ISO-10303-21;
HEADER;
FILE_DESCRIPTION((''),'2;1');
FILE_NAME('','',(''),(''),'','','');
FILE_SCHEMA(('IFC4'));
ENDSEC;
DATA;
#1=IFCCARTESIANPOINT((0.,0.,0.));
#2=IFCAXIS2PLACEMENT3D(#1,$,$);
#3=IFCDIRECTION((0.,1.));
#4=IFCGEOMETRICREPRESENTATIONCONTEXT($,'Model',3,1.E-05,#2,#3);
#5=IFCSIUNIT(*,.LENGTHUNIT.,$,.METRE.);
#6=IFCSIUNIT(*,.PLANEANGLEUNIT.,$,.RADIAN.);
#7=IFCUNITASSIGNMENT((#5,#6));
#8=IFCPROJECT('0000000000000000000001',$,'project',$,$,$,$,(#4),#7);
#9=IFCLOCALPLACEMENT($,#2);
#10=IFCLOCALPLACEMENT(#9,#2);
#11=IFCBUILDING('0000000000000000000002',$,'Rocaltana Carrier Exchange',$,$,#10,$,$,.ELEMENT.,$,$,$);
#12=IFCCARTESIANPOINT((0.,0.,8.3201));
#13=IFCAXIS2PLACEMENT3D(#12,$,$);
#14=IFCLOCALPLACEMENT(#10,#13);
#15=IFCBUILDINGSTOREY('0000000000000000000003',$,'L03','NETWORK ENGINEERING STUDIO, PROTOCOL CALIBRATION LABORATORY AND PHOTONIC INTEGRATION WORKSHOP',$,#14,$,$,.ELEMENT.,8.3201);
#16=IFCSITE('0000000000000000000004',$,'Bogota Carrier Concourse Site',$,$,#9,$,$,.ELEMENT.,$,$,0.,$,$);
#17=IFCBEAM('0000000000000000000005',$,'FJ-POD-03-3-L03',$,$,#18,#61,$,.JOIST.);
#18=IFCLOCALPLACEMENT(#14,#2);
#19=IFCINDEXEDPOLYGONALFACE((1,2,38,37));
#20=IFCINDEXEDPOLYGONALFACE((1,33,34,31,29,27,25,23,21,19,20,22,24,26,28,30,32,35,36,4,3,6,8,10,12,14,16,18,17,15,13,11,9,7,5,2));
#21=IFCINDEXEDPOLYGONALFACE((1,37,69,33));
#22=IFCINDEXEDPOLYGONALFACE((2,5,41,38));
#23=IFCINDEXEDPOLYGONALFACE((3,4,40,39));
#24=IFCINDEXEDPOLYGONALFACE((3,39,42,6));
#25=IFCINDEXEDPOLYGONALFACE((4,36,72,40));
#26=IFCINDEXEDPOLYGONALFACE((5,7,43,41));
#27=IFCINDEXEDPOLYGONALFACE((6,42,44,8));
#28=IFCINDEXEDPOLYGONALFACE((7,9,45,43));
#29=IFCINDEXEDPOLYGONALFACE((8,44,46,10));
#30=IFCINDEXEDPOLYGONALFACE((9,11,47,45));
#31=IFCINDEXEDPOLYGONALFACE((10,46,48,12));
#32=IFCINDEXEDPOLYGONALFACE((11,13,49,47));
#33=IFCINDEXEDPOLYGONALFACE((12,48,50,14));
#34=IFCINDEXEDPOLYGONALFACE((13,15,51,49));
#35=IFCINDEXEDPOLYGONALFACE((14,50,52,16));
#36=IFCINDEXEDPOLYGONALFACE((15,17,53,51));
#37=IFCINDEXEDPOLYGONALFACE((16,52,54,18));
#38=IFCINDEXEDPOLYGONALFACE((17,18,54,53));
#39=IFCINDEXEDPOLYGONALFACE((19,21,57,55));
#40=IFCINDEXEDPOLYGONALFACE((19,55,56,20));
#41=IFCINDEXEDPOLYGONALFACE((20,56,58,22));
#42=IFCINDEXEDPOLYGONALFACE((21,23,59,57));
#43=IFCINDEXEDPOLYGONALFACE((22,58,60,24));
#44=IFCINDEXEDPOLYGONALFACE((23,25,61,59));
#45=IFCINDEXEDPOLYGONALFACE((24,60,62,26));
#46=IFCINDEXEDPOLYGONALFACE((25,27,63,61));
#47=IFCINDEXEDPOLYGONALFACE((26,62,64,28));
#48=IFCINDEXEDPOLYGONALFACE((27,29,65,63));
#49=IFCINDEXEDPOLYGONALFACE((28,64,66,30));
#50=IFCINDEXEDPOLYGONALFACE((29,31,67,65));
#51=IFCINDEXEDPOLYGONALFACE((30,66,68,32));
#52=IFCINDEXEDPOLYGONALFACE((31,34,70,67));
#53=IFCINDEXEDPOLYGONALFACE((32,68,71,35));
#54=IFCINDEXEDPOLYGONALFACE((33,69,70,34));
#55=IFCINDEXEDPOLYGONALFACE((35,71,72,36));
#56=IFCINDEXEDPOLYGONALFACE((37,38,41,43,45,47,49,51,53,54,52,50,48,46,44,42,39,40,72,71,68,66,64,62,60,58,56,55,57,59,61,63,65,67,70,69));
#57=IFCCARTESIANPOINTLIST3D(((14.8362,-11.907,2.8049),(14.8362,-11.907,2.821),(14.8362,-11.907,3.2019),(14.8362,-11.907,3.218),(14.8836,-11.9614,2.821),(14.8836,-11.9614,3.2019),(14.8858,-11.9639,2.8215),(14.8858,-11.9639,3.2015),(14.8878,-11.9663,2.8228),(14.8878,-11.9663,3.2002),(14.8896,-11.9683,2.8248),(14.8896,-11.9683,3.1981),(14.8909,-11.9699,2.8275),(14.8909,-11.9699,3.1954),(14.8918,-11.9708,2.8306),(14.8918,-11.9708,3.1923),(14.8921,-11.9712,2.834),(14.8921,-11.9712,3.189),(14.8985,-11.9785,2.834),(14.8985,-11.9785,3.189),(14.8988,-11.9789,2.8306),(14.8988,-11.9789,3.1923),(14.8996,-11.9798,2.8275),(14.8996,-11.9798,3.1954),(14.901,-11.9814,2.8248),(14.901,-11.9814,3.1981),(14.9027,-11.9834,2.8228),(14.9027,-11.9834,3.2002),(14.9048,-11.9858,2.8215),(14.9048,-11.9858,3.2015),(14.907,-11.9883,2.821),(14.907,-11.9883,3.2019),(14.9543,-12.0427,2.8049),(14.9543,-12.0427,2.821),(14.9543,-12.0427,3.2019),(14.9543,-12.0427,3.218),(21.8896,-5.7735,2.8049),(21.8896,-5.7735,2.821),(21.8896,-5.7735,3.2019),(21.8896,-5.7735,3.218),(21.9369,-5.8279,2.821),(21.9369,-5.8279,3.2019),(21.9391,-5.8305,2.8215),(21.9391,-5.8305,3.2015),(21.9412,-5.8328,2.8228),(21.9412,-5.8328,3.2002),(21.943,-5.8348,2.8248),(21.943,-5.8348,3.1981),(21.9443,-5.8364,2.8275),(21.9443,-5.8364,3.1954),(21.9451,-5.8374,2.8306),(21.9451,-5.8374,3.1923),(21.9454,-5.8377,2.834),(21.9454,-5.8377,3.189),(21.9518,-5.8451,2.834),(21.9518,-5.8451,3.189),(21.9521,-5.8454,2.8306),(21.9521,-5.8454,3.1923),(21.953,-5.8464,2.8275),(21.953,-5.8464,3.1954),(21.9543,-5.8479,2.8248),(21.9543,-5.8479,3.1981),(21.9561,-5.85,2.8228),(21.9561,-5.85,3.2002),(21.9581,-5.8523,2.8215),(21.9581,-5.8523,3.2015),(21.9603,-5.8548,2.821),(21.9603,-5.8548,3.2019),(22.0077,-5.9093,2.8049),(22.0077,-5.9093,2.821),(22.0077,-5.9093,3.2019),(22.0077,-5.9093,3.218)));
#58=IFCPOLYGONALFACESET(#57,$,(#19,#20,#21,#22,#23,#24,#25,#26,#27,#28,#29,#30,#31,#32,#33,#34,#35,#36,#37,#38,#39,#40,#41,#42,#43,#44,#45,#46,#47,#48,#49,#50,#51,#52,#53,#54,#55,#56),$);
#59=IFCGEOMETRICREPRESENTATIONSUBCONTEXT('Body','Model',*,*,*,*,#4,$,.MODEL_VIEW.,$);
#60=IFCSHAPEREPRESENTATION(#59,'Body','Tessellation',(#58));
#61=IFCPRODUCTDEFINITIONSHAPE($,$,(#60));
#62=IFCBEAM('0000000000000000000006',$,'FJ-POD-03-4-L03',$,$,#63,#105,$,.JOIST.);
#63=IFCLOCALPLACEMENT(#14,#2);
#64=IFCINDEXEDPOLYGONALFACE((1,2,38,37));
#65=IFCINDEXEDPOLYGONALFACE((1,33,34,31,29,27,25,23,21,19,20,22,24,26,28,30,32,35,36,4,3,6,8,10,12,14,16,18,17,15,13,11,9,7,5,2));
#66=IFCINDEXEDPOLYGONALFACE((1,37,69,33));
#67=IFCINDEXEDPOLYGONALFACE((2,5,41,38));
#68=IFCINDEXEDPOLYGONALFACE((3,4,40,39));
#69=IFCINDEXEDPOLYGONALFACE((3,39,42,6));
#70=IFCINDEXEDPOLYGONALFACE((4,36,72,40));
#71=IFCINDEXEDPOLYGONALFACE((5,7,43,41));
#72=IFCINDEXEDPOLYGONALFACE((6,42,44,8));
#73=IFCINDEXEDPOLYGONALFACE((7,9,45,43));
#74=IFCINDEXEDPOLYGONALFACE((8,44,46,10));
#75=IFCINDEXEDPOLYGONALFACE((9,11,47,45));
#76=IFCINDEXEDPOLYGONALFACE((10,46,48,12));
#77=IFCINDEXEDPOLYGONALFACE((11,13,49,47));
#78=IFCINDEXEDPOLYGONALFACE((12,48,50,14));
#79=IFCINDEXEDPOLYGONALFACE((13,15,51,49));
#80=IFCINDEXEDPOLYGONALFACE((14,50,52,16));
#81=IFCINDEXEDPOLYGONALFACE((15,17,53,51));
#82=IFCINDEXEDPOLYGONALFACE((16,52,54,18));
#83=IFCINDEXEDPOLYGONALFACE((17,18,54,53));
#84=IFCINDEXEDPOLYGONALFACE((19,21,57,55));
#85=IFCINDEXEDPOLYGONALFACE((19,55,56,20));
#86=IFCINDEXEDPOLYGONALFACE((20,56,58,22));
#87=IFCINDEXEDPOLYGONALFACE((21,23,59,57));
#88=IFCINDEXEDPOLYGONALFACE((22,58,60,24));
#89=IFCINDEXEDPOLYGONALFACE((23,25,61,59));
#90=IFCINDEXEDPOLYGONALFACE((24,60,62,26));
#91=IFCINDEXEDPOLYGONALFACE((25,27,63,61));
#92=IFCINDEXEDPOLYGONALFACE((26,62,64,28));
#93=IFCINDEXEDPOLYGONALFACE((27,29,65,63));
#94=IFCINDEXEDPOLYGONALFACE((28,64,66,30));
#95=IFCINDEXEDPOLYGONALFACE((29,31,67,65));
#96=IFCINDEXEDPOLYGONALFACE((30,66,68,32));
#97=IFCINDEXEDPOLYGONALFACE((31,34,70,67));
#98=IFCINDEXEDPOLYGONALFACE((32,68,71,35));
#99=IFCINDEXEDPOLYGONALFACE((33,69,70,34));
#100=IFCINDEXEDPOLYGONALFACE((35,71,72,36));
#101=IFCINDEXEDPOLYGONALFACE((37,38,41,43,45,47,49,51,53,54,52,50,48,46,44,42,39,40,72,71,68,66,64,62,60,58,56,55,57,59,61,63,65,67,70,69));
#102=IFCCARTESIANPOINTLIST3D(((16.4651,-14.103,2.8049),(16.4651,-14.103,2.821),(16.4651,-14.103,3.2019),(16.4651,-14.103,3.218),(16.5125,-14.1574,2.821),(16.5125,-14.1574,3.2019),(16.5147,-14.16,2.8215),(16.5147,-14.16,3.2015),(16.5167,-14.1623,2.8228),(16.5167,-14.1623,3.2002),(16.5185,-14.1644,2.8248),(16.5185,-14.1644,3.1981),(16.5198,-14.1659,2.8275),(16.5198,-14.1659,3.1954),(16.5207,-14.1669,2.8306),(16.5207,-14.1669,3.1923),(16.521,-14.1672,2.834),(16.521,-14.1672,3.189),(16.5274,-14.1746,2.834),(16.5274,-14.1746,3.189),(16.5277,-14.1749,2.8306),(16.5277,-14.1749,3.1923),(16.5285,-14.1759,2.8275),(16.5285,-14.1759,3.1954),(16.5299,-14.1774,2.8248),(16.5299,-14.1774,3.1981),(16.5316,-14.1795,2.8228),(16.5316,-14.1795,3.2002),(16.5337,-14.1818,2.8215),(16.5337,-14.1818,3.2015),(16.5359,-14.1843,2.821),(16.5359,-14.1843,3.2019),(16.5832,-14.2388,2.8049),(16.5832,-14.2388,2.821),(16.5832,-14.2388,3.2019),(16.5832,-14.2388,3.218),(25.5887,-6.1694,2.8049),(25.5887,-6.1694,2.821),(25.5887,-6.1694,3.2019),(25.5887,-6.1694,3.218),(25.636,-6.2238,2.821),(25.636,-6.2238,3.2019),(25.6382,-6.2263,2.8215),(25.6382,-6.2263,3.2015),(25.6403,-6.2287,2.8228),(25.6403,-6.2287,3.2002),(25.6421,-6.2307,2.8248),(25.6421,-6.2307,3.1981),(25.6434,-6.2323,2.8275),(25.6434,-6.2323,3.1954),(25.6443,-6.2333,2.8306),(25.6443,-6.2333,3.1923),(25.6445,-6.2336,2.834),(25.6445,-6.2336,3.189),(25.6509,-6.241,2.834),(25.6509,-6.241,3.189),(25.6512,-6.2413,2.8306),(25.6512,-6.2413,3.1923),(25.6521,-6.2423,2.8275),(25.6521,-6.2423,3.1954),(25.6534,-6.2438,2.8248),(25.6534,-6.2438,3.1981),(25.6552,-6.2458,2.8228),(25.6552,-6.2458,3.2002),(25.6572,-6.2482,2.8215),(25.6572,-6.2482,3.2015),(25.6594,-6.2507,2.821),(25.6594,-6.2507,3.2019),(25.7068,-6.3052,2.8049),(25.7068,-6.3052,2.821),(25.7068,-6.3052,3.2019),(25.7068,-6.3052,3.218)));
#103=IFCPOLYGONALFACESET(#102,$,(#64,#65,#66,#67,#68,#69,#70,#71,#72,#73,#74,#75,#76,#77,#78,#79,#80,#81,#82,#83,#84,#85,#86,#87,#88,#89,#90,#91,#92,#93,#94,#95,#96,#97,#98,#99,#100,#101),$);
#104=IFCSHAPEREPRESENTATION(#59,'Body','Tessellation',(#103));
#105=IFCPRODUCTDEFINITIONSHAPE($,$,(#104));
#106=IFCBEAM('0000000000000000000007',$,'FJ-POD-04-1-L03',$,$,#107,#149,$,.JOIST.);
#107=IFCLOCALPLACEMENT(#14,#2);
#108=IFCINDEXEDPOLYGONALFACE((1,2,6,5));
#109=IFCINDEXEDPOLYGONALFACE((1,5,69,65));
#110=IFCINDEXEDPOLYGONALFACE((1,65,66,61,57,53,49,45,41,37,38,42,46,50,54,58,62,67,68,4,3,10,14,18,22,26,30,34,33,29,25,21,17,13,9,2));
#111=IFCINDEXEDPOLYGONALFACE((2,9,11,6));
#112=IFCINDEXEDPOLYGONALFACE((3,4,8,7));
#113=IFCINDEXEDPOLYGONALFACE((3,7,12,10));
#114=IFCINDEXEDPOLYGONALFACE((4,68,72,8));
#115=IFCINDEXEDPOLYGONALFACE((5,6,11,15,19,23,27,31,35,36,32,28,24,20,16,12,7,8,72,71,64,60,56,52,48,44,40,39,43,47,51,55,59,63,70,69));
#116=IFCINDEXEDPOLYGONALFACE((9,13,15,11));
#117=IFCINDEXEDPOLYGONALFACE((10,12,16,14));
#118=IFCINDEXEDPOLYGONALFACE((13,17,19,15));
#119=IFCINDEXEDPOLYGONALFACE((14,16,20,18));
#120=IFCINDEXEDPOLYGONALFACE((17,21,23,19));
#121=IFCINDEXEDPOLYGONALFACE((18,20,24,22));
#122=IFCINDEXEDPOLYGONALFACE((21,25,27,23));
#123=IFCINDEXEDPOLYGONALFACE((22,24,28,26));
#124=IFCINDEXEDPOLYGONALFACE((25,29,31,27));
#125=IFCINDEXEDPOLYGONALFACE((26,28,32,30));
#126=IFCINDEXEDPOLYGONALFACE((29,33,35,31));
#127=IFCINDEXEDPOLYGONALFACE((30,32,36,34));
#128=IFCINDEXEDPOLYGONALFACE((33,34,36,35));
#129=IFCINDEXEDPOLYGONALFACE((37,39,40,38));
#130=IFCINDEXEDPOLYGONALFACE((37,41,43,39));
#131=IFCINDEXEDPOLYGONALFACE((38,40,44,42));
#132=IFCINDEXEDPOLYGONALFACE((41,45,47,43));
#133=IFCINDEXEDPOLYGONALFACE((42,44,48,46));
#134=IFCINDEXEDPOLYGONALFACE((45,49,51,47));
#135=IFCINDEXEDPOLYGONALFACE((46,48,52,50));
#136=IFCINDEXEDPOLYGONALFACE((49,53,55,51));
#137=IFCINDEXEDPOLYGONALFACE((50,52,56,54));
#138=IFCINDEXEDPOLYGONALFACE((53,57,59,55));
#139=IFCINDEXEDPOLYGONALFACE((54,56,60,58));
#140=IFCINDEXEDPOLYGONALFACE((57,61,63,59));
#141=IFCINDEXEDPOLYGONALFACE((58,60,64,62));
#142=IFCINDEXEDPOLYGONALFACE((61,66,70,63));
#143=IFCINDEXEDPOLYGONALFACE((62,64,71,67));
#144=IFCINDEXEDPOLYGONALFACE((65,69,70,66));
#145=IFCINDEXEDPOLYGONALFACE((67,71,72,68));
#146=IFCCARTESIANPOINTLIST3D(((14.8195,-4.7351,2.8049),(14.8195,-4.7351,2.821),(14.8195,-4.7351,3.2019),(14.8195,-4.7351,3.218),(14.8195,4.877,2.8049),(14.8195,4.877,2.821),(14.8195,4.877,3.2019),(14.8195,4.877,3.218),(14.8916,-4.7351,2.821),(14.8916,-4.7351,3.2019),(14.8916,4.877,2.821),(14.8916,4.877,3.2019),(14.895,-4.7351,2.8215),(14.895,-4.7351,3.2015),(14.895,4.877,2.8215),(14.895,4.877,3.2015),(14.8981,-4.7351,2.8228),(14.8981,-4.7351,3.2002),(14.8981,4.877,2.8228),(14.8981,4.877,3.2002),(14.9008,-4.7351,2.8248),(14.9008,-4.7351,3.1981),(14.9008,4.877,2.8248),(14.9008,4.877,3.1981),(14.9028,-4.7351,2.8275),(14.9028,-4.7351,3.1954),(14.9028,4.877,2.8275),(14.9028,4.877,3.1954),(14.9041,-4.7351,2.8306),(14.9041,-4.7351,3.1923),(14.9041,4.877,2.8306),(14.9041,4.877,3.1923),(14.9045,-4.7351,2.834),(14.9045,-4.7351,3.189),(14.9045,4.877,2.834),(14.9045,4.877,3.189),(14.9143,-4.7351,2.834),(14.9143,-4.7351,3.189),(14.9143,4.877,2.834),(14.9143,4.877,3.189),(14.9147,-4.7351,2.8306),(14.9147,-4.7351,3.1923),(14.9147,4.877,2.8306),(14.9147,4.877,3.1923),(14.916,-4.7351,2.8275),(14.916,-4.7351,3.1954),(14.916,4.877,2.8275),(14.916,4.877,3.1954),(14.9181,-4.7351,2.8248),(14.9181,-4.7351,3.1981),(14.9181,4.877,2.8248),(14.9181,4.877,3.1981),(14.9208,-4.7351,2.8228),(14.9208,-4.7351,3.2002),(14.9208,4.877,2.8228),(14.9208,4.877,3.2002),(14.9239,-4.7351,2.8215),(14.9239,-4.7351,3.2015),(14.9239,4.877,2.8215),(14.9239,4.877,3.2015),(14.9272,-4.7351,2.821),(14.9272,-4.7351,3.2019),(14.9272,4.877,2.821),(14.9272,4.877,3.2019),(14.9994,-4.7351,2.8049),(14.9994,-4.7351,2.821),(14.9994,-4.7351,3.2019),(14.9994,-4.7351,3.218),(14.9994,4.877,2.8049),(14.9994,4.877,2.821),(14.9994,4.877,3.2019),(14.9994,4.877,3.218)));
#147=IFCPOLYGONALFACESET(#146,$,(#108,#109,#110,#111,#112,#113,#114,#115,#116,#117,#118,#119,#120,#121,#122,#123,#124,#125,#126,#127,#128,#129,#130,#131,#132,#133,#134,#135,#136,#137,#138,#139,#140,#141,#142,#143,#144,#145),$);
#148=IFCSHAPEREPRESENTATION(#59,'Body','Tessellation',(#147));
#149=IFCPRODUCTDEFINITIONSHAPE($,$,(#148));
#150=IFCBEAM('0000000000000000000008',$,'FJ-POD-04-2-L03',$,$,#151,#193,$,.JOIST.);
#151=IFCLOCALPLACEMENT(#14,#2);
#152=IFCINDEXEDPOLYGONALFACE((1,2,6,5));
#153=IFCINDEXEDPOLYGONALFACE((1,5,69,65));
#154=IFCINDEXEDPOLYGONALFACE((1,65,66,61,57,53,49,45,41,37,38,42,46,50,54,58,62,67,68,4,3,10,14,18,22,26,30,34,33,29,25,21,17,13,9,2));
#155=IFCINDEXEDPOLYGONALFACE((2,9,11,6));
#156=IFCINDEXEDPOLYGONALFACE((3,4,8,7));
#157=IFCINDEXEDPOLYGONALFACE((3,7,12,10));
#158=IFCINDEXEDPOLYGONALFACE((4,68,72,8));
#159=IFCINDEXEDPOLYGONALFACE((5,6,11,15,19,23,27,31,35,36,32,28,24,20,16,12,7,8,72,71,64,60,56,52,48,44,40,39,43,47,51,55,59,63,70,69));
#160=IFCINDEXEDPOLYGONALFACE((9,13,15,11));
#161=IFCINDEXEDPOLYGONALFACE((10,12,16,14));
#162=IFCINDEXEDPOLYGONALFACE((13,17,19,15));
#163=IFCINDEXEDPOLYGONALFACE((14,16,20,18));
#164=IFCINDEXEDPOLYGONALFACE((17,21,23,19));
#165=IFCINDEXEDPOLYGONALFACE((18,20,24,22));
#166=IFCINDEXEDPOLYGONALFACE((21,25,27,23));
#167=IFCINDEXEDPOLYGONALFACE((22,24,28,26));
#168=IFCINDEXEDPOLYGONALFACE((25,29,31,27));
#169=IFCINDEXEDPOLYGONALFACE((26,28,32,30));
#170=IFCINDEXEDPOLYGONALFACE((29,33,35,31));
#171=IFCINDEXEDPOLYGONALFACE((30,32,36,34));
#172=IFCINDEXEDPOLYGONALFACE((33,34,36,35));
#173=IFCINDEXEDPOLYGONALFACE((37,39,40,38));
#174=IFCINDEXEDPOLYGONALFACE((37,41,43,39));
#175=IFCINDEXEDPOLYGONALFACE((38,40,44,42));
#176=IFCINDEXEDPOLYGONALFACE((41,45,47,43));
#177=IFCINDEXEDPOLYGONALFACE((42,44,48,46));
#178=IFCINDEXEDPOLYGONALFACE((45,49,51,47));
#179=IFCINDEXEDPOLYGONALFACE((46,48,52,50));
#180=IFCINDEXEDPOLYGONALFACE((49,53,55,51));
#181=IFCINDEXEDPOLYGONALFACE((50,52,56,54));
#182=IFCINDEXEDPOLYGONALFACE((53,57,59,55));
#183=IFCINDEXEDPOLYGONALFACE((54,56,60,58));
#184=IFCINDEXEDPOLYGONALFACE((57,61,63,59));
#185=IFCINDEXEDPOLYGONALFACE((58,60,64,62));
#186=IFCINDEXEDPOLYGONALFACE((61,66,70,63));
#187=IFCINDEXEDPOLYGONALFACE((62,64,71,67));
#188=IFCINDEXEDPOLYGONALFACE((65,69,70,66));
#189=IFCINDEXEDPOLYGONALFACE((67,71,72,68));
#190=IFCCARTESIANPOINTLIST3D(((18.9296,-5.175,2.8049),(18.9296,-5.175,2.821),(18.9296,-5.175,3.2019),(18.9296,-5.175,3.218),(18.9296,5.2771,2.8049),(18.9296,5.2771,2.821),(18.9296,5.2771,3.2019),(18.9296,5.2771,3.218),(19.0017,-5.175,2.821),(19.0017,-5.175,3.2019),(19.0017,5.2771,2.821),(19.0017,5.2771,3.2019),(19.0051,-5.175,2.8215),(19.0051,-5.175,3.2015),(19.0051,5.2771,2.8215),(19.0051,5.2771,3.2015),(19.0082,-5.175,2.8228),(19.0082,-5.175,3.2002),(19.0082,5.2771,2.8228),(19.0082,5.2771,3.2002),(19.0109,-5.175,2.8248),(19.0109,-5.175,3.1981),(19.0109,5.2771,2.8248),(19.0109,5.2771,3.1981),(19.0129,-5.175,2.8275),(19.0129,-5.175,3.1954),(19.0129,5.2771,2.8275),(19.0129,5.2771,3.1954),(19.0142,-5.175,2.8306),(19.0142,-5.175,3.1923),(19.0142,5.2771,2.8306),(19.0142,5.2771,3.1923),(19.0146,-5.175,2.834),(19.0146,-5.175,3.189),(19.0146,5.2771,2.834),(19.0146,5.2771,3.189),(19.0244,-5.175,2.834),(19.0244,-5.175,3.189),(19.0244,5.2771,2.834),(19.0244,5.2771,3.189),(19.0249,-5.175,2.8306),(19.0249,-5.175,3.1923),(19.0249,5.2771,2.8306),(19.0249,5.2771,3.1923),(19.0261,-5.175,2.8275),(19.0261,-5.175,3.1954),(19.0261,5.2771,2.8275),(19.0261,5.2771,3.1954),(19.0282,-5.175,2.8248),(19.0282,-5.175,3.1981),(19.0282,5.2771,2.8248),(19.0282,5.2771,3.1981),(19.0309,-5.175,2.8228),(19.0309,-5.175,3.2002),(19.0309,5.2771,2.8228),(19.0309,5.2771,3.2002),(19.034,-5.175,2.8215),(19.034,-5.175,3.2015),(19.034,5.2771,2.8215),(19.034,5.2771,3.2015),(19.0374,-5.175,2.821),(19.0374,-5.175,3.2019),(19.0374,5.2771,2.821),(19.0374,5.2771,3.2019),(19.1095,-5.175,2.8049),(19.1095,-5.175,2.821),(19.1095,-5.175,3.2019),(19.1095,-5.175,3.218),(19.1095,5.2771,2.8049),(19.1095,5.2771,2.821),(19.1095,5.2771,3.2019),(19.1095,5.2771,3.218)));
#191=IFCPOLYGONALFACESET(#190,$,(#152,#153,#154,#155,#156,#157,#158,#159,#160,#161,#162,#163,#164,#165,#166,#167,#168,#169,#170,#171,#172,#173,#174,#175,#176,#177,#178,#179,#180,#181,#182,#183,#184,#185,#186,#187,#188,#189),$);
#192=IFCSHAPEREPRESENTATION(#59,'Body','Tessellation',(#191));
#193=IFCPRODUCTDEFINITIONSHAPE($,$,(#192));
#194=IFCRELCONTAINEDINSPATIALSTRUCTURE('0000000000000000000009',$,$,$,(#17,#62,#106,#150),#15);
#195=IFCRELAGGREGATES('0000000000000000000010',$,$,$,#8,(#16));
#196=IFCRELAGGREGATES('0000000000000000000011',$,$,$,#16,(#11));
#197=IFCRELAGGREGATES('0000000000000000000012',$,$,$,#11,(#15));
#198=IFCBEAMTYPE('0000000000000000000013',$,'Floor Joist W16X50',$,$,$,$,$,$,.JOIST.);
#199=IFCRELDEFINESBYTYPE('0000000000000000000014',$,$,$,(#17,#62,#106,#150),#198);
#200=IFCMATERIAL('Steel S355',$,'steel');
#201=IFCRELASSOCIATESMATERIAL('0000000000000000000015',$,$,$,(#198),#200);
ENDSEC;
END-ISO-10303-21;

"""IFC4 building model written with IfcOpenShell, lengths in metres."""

from ifc_helpers import new_model, si_unit, direction, frame, origin, origin_2d, place, context, subcontext, project, spatial, i_section, extrude, material, material_profile, profile_set, type_object, element, save


model = new_model("IFC4")

# Units and contexts
model_context = context("Model", 3, precision=1e-05, world=origin(), true_north=direction((0.0, 1.0)))
body_context = subcontext(model_context, "Body", "Model", "MODEL_VIEW")
ifc_project = project(units=[si_unit("LENGTHUNIT", "METRE"), si_unit("PLANEANGLEUNIT", "RADIAN")], contexts=[model_context])

# Site, building, storey
site_placement = place(None, origin())
site = spatial("IfcSite", under=ifc_project, at=site_placement, Name="Bogota Carrier Concourse Site", CompositionType="ELEMENT", RefElevation=0.0)
building_placement = place(site_placement, origin())
building = spatial("IfcBuilding", under=site, at=building_placement, Name="Rocaltana Carrier Exchange", CompositionType="ELEMENT")
storey_placement = place(building_placement, frame((0.0, 0.0, 8.3201)))
storey = spatial("IfcBuildingStorey", under=building, at=storey_placement, Name="L03", Description="NETWORK ENGINEERING STUDIO, PROTOCOL CALIBRATION LABORATORY AND PHOTONIC INTEGRATION WORKSHOP", CompositionType="ELEMENT", Elevation=8.3201)

# Beams
ifc_material_1 = material(Name="Steel S355", Category="steel")
ifc_material_profile_1 = material_profile(ifc_material_1, i_section(OverallWidth=0.1799, OverallDepth=0.4131, WebThickness=0.0098, FlangeThickness=0.0161, FilletRadius=0.0129, at=origin_2d()), Name="W16X50")
ifc_profile_set_1 = profile_set([ifc_material_profile_1], Name="Steel S355")
beam_type_1 = type_object("IfcBeamType", Name="Floor Joist W16X50", PredefinedType="JOIST", material=ifc_profile_set_1)
beam_1_placement = place(storey_placement, frame((14.8953, -11.9749, 3.0115), z_axis=(0.7546, 0.656185, 0.0), x_axis=(-0.656185, 0.7546, 0.0)))
element("IfcBeam", 1, at=beam_1_placement, inside=storey, type_object=beam_type_1, Name="FJ-POD-03-3-L03", PredefinedType="JOIST", context=body_context, shape_type="SweptSolid", body=[
    extrude(i_section(OverallWidth=0.1799, OverallDepth=0.4131, WebThickness=0.0098, FlangeThickness=0.0161, FilletRadius=0.0129, at=origin_2d()), origin(), (0.0, 0.0, 1.0), 9.3472),
])
beam_2_placement = place(storey_placement, frame((16.5242, -14.1709, 3.0115), z_axis=(0.754602, 0.656183, 0.0), x_axis=(-0.656183, 0.754602, 0.0)))
element("IfcBeam", 2, at=beam_2_placement, inside=storey, type_object=beam_type_1, Name="FJ-POD-03-4-L03", PredefinedType="JOIST", context=body_context, shape_type="SweptSolid", body=[
    extrude(i_section(OverallWidth=0.1799, OverallDepth=0.4131, WebThickness=0.0098, FlangeThickness=0.0161, FilletRadius=0.0129, at=origin_2d()), origin(), (0.0, 0.0, 1.0), 12.0906),
])
beam_3_placement = place(storey_placement, frame((14.9094, -4.7351, 3.0115), z_axis=(0.0, 1.0, 0.0), x_axis=(-1.0, 0.0, 0.0)))
element("IfcBeam", 3, at=beam_3_placement, inside=storey, type_object=beam_type_1, Name="FJ-POD-04-1-L03", PredefinedType="JOIST", context=body_context, shape_type="SweptSolid", body=[
    extrude(i_section(OverallWidth=0.1799, OverallDepth=0.4131, WebThickness=0.0098, FlangeThickness=0.0161, FilletRadius=0.0129, at=origin_2d()), origin(), (0.0, 0.0, 1.0), 9.6121),
])
beam_4_placement = place(storey_placement, frame((19.0195, -5.175, 3.0115), z_axis=(0.0, 1.0, 0.0), x_axis=(-1.0, 0.0, 0.0)))
element("IfcBeam", 4, at=beam_4_placement, inside=storey, type_object=beam_type_1, Name="FJ-POD-04-2-L03", PredefinedType="JOIST", context=body_context, shape_type="SweptSolid", body=[
    extrude(i_section(OverallWidth=0.1799, OverallDepth=0.4131, WebThickness=0.0098, FlangeThickness=0.0161, FilletRadius=0.0129, at=origin_2d()), origin(), (0.0, 0.0, 1.0), 10.4521),
])

save(model, "model.ifc")
